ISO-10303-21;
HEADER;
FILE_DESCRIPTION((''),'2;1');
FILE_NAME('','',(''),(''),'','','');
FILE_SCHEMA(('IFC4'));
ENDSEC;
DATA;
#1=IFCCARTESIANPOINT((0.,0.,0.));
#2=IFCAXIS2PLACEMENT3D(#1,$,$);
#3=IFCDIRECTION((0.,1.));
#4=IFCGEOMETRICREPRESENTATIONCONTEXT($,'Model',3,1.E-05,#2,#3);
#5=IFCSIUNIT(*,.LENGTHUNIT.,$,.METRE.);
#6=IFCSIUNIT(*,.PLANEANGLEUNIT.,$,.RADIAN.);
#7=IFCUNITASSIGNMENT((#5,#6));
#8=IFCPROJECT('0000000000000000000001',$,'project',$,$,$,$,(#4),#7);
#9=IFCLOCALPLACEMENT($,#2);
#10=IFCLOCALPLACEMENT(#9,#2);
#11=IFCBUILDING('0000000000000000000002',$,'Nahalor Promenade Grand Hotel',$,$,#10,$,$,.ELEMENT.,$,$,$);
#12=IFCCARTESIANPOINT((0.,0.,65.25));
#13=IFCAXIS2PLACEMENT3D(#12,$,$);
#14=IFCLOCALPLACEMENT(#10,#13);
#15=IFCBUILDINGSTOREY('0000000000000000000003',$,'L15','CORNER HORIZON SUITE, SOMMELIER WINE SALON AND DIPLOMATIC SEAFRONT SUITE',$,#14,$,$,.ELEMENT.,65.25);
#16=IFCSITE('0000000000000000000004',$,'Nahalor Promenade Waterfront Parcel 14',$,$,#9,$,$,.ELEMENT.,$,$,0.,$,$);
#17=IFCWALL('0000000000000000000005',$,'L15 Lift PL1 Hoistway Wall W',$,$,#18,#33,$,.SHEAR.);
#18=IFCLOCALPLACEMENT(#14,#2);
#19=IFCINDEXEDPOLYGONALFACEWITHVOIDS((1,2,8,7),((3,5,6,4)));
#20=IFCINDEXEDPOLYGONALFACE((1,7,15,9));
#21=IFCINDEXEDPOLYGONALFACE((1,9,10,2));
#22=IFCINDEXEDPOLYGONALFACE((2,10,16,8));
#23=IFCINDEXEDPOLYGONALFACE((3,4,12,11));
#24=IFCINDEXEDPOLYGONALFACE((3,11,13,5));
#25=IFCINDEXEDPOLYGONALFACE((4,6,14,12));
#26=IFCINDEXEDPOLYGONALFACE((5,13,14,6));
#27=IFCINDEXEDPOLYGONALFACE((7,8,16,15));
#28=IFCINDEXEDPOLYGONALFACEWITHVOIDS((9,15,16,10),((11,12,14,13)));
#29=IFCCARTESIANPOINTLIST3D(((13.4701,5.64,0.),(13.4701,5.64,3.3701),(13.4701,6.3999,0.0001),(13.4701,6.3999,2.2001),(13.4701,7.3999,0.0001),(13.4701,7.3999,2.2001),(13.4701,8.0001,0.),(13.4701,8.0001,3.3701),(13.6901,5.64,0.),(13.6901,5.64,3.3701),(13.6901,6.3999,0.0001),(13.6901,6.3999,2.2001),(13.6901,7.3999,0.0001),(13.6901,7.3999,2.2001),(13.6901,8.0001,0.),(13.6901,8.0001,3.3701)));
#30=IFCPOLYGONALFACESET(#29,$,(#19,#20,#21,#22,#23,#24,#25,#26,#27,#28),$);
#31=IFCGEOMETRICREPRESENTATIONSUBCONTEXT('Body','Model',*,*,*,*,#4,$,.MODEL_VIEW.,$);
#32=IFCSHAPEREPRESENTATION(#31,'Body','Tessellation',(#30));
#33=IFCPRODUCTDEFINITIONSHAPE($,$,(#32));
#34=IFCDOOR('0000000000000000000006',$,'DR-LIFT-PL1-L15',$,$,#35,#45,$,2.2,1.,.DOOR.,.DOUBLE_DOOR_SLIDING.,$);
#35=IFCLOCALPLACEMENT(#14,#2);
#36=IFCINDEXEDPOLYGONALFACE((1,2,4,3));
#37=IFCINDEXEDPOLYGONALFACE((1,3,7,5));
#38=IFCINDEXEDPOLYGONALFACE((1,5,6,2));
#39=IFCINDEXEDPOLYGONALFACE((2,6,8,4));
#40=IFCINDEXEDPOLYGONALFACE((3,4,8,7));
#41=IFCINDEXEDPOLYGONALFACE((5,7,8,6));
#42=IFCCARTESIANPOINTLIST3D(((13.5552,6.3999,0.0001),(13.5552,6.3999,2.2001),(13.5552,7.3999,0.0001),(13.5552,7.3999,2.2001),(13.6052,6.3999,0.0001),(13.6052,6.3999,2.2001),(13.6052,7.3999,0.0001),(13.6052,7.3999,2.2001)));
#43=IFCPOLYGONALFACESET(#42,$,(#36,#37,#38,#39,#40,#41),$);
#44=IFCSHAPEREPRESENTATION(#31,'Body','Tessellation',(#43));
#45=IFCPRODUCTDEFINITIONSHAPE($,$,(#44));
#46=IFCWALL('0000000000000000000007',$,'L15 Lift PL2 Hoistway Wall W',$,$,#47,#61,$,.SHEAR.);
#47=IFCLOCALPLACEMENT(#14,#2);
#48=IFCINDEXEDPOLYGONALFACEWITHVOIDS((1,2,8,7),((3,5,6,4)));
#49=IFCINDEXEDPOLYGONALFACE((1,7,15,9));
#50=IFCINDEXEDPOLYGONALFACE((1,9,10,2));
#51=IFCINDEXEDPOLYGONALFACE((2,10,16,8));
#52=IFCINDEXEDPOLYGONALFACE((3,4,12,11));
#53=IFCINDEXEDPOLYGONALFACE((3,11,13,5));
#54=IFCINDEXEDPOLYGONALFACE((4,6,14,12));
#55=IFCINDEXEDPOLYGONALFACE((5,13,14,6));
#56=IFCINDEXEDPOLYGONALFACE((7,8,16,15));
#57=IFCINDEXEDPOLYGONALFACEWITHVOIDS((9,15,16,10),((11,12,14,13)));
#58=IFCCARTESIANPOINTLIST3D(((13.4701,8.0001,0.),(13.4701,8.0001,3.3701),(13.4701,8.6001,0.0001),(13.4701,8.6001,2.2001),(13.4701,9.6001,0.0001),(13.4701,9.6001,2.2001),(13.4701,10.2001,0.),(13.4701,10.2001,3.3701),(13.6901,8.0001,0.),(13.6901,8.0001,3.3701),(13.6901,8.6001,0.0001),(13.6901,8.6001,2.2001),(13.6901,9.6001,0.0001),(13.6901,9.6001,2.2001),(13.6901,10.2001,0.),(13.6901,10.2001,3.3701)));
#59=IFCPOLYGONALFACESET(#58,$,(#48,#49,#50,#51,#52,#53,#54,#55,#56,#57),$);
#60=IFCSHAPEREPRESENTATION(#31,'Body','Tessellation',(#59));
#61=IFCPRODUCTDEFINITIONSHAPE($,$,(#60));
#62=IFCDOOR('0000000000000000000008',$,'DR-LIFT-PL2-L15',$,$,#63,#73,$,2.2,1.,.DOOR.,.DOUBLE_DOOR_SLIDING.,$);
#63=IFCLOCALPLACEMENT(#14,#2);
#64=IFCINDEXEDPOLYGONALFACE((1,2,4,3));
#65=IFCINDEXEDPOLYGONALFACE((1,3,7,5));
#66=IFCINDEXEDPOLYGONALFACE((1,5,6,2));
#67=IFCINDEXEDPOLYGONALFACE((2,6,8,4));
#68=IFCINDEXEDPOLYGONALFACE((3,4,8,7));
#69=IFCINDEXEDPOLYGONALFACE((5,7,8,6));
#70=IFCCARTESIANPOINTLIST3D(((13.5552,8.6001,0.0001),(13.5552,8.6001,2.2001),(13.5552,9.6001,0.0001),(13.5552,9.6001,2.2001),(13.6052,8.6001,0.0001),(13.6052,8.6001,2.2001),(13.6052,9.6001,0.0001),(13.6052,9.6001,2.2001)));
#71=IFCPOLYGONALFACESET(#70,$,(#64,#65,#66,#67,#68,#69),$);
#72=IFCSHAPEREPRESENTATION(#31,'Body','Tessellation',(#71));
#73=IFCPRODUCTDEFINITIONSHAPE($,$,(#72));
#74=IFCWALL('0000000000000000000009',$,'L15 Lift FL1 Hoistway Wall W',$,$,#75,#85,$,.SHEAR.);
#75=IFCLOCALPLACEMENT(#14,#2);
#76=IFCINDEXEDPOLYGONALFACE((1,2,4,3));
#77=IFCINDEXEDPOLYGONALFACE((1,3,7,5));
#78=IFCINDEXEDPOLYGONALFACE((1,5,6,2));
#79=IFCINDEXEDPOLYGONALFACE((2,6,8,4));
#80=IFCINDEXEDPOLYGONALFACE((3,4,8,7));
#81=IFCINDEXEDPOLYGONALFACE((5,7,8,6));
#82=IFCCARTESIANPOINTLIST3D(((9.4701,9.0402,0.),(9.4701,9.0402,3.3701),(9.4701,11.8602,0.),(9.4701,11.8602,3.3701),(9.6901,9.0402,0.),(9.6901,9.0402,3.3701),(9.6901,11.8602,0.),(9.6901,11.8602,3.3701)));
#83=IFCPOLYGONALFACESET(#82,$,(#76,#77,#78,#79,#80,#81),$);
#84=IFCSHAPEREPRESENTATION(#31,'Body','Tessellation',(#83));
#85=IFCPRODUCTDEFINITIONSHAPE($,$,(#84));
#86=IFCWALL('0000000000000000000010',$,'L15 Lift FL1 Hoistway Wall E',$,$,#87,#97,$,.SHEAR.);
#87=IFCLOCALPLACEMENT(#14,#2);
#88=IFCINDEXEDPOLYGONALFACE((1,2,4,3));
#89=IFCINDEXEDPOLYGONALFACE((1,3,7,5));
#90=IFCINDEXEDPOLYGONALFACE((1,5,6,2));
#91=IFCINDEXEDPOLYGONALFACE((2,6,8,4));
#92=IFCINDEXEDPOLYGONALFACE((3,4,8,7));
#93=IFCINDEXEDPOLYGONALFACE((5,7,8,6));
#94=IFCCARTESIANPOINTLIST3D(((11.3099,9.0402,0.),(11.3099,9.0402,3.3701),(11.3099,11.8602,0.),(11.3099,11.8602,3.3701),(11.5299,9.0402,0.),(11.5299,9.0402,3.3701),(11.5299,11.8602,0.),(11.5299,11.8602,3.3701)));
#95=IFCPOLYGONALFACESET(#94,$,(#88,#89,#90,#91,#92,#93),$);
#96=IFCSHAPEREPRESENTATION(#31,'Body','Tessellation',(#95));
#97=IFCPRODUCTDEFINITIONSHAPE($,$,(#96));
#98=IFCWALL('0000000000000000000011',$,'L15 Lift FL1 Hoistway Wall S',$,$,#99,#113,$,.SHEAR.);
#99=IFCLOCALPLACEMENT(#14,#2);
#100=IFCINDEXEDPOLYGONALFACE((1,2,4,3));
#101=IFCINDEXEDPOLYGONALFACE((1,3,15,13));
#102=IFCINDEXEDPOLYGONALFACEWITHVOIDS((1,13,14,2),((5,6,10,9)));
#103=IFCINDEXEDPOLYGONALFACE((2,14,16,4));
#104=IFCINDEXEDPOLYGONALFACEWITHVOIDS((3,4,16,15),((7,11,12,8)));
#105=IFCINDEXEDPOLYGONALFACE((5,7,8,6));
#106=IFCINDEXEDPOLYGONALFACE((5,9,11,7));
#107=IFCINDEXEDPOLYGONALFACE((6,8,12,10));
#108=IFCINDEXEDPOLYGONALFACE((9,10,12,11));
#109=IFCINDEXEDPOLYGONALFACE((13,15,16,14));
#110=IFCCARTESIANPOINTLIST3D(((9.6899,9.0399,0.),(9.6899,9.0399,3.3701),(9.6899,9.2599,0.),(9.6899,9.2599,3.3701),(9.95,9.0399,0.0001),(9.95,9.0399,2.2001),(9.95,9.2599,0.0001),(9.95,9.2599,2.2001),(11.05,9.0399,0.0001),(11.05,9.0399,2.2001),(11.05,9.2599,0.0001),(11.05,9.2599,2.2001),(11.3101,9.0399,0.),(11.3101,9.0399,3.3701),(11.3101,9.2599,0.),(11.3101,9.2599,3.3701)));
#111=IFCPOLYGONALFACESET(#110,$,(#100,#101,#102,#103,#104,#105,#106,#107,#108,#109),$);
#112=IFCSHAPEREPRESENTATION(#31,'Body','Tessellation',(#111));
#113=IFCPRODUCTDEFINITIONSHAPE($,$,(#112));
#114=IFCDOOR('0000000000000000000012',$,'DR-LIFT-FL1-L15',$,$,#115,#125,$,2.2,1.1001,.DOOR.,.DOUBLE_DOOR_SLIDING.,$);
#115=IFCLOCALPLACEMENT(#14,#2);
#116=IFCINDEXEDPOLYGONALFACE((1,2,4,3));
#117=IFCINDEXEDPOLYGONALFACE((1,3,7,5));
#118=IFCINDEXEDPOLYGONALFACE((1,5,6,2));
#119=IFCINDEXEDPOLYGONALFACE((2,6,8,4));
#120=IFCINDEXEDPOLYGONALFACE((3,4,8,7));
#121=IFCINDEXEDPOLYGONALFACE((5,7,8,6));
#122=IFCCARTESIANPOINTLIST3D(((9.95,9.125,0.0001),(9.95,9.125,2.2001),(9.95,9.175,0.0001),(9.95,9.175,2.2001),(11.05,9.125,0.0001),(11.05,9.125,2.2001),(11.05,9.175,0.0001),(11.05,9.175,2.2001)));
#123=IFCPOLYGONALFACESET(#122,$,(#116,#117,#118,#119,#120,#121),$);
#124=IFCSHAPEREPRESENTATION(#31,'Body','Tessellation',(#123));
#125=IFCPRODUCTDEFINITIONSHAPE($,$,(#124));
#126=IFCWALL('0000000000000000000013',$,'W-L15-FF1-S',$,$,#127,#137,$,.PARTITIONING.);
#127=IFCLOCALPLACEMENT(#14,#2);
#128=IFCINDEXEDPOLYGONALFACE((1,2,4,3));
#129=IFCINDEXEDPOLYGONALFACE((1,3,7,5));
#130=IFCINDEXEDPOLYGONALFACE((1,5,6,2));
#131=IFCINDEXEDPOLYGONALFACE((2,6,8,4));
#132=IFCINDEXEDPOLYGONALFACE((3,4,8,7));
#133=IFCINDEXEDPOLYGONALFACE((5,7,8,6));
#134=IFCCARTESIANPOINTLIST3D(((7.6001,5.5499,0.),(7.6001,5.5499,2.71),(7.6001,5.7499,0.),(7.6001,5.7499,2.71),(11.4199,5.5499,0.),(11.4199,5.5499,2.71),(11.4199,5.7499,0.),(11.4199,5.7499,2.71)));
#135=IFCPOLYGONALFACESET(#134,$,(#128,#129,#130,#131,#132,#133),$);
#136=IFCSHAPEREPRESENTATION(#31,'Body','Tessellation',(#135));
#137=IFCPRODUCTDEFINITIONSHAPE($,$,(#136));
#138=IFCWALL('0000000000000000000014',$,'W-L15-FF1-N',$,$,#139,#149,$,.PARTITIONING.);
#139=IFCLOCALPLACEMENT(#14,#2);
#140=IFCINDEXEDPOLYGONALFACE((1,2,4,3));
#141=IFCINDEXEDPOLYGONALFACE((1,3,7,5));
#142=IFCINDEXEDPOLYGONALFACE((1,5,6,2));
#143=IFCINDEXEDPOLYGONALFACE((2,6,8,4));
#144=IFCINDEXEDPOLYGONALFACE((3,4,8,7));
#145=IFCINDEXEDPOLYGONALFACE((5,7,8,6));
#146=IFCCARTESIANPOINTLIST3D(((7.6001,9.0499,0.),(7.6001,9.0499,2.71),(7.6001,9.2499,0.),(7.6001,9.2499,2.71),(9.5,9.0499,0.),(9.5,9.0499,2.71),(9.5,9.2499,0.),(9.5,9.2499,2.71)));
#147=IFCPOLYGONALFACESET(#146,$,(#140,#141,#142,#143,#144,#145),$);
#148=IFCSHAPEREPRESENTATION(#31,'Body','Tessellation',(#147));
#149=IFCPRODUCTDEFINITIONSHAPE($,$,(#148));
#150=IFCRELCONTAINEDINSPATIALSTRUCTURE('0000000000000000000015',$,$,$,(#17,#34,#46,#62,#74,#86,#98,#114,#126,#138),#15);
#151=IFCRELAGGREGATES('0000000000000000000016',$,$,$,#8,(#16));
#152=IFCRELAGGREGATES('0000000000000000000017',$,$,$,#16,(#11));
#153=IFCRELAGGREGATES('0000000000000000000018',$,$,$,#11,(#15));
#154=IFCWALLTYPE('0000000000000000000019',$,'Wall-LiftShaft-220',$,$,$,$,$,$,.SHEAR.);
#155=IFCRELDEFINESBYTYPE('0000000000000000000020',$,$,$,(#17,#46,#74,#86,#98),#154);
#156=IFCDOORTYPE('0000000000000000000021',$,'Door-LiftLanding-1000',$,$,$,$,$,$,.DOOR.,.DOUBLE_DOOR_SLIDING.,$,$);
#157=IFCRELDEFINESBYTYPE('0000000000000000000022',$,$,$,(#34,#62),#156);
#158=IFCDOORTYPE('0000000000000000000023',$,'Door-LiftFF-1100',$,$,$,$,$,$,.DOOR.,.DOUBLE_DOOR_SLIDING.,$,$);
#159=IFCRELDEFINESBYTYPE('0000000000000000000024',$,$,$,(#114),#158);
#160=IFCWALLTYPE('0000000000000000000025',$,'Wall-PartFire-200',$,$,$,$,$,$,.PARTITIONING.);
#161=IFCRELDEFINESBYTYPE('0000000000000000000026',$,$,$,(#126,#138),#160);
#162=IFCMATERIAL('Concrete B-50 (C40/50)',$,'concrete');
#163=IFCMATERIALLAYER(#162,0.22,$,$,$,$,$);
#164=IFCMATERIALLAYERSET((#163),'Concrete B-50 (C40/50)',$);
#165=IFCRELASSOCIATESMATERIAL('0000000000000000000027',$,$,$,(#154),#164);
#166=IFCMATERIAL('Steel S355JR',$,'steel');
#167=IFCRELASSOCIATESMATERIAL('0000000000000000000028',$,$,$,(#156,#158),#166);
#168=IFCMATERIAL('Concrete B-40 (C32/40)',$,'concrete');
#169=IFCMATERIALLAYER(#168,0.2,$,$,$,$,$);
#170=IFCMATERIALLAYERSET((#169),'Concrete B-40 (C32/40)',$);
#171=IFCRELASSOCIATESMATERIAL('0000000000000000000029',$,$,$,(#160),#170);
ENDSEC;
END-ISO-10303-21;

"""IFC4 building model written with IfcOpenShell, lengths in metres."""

from ifc_helpers import new_model, si_unit, direction, frame, frame_2d, origin, place, context, subcontext, project, spatial, rectangle, extrude, source, transform, mapped, material, layer, layer_set, type_object, element, fill, save


model = new_model("IFC4")

# Units and contexts
model_context = context("Model", 3, precision=1e-05, world=origin(), true_north=direction((0.0, 1.0)))
body_context = subcontext(model_context, "Body", "Model", "MODEL_VIEW")
ifc_project = project(units=[si_unit("LENGTHUNIT", "METRE"), si_unit("PLANEANGLEUNIT", "RADIAN")], contexts=[model_context])

# Site, building, storey
site_placement = place(None, origin())
site = spatial("IfcSite", under=ifc_project, at=site_placement, Name="Nahalor Promenade Waterfront Parcel 14", CompositionType="ELEMENT", RefElevation=0.0)
building_placement = place(site_placement, origin())
building = spatial("IfcBuilding", under=site, at=building_placement, Name="Nahalor Promenade Grand Hotel", CompositionType="ELEMENT")
storey_placement = place(building_placement, frame((0.0, 0.0, 65.25)))
storey = spatial("IfcBuildingStorey", under=building, at=storey_placement, Name="L15", Description="CORNER HORIZON SUITE, SOMMELIER WINE SALON AND DIPLOMATIC SEAFRONT SUITE", CompositionType="ELEMENT", Elevation=65.25)

# Shared definitions
ifc_material_1 = material(Name="Steel S355JR", Category="steel")

# Walls, openings, doors
ifc_material_2 = material(Name="Concrete B-50 (C40/50)", Category="concrete")
ifc_layer_1 = layer(ifc_material_2, 0.22)
ifc_layer_set_1 = layer_set([ifc_layer_1], Name="Concrete B-50 (C40/50)")
wall_type_1 = type_object("IfcWallType", Name="Wall-LiftShaft-220", PredefinedType="SHEAR", material=ifc_layer_set_1)
shared_shape_1 = source(origin(), body_context, "Body", "SweptSolid", [
    extrude(rectangle(XDim=2.3601, YDim=0.22, at=frame_2d((1.1802, 0.0))), origin(), (0.0, 0.0, 1.0), 3.3701),
])
wall_1_placement = place(storey_placement, frame((13.5801, 5.6399, 0.0), z_axis=(0.0, 0.0, 1.0), x_axis=(0.0, 1.0, 0.0)))
wall_1 = element("IfcWall", 1, at=wall_1_placement, inside=storey, type_object=wall_type_1, Name="L15 Lift PL1 Hoistway Wall W", PredefinedType="SHEAR", context=body_context, shape_type="MappedRepresentation", body=[
    mapped(shared_shape_1, transform((0.0, 0.0, 0.0), scale=1.0)),
])
opening_1_placement = place(wall_1_placement, frame((0.76, 0.0, 0.0)))
opening_1 = element("IfcOpeningElement", 2, at=opening_1_placement, cuts=wall_1, PredefinedType="OPENING", context=body_context, shape_type="SweptSolid", body=[
    extrude(rectangle(XDim=1.0, YDim=2.2, at=frame_2d((0.5, 1.1001))), frame((0.0, 0.1199, 0.0), z_axis=(0.0, -1.0, 0.0), x_axis=(1.0, 0.0, 0.0)), (0.0, 0.0, 1.0), 0.24),
])
door_type_1 = type_object("IfcDoorType", Name="Door-LiftLanding-1000", OperationType="DOUBLE_DOOR_SLIDING", PredefinedType="DOOR", material=ifc_material_1)
shared_shape_2 = source(origin(), body_context, "Body", "SweptSolid", [
    extrude(rectangle(XDim=1.0, YDim=2.2, at=frame_2d((0.5, 1.1001))), frame((0.0, 0.0249, 0.0), z_axis=(0.0, -1.0, 0.0), x_axis=(1.0, 0.0, 0.0)), (0.0, 0.0, 1.0), 0.05),
])
door_1_placement = place(opening_1_placement, origin())
door_1 = element("IfcDoor", 3, at=door_1_placement, inside=storey, type_object=door_type_1, Name="DR-LIFT-PL1-L15", OperationType="DOUBLE_DOOR_SLIDING", OverallHeight=2.2, OverallWidth=1.0, PredefinedType="DOOR", context=body_context, shape_type="MappedRepresentation", body=[
    mapped(shared_shape_2, transform((0.0, 0.0, 0.0), scale=1.0)),
])
fill(opening_1, door_1)
shared_shape_3 = source(origin(), body_context, "Body", "SweptSolid", [
    extrude(rectangle(XDim=2.2, YDim=0.22, at=frame_2d((1.1001, 0.0))), origin(), (0.0, 0.0, 1.0), 3.3701),
])
wall_2_placement = place(storey_placement, frame((13.5801, 8.0, 0.0), z_axis=(0.0, 0.0, 1.0), x_axis=(0.0, 1.0, 0.0)))
wall_2 = element("IfcWall", 4, at=wall_2_placement, inside=storey, type_object=wall_type_1, Name="L15 Lift PL2 Hoistway Wall W", PredefinedType="SHEAR", context=body_context, shape_type="MappedRepresentation", body=[
    mapped(shared_shape_3, transform((0.0, 0.0, 0.0), scale=1.0)),
])
opening_2_placement = place(wall_2_placement, frame((0.6001, 0.0, 0.0)))
opening_2 = element("IfcOpeningElement", 5, at=opening_2_placement, cuts=wall_2, PredefinedType="OPENING", context=body_context, shape_type="SweptSolid", body=[
    extrude(rectangle(XDim=1.0, YDim=2.2, at=frame_2d((0.5, 1.1001))), frame((0.0, 0.1199, 0.0), z_axis=(0.0, -1.0, 0.0), x_axis=(1.0, 0.0, 0.0)), (0.0, 0.0, 1.0), 0.24),
])
door_2_placement = place(opening_2_placement, origin())
door_2 = element("IfcDoor", 6, at=door_2_placement, inside=storey, type_object=door_type_1, Name="DR-LIFT-PL2-L15", OperationType="DOUBLE_DOOR_SLIDING", OverallHeight=2.2, OverallWidth=1.0, PredefinedType="DOOR", context=body_context, shape_type="MappedRepresentation", body=[
    mapped(shared_shape_2, transform((0.0, 0.0, 0.0), scale=1.0)),
])
fill(opening_2, door_2)

# Walls
shared_shape_4 = source(origin(), body_context, "Body", "SweptSolid", [
    extrude(rectangle(XDim=2.8201, YDim=0.22, at=frame_2d((1.4102, 0.0))), origin(), (0.0, 0.0, 1.0), 3.3701),
])
for number, where, z_axis, x_axis, name in (
    (7, (9.5801, 9.04, 0.0), (0.0, 0.0, 1.0), (0.0, 1.0, 0.0), "L15 Lift FL1 Hoistway Wall W"),
    (8, (11.4199, 9.04, 0.0), (0.0, 0.0, 1.0), (0.0, 1.0, 0.0), "L15 Lift FL1 Hoistway Wall E"),
):
    element("IfcWall", number, at=place(storey_placement, frame(where, z_axis=z_axis, x_axis=x_axis)), inside=storey, type_object=wall_type_1, Name=name, PredefinedType="SHEAR", context=body_context, shape_type="MappedRepresentation", body=[
        mapped(shared_shape_4, transform((0.0, 0.0, 0.0), scale=1.0)),
    ])

# Wall, opening, door
shared_shape_5 = source(origin(), body_context, "Body", "SweptSolid", [
    extrude(rectangle(XDim=1.6201, YDim=0.22, at=frame_2d((0.8101, 0.0))), origin(), (0.0, 0.0, 1.0), 3.3701),
])
wall_3_placement = place(storey_placement, frame((9.6899, 9.1499, 0.0), z_axis=(0.0, 0.0, 1.0), x_axis=(1.0, 0.0, 0.0)))
wall_3 = element("IfcWall", 9, at=wall_3_placement, inside=storey, type_object=wall_type_1, Name="L15 Lift FL1 Hoistway Wall S", PredefinedType="SHEAR", context=body_context, shape_type="MappedRepresentation", body=[
    mapped(shared_shape_5, transform((0.0, 0.0, 0.0), scale=1.0)),
])
opening_3_placement = place(wall_3_placement, frame((0.26, 0.0, 0.0)))
opening_3 = element("IfcOpeningElement", 10, at=opening_3_placement, cuts=wall_3, PredefinedType="OPENING", context=body_context, shape_type="SweptSolid", body=[
    extrude(rectangle(XDim=1.1001, YDim=2.2, at=frame_2d((0.55, 1.1001))), frame((0.0, 0.1199, 0.0), z_axis=(0.0, -1.0, 0.0), x_axis=(1.0, 0.0, 0.0)), (0.0, 0.0, 1.0), 0.24),
])
door_type_2 = type_object("IfcDoorType", Name="Door-LiftFF-1100", OperationType="DOUBLE_DOOR_SLIDING", PredefinedType="DOOR", material=ifc_material_1)
shared_shape_6 = source(origin(), body_context, "Body", "SweptSolid", [
    extrude(rectangle(XDim=1.1001, YDim=2.2, at=frame_2d((0.55, 1.1001))), frame((0.0, 0.0249, 0.0), z_axis=(0.0, -1.0, 0.0), x_axis=(1.0, 0.0, 0.0)), (0.0, 0.0, 1.0), 0.05),
])
door_3_placement = place(opening_3_placement, frame((1.1001, 0.0, 0.0), z_axis=(0.0, 0.0, 1.0), x_axis=(-1.0, 0.0, 0.0)))
door_3 = element("IfcDoor", 11, at=door_3_placement, inside=storey, type_object=door_type_2, Name="DR-LIFT-FL1-L15", OperationType="DOUBLE_DOOR_SLIDING", OverallHeight=2.2, OverallWidth=1.1001, PredefinedType="DOOR", context=body_context, shape_type="MappedRepresentation", body=[
    mapped(shared_shape_6, transform((0.0, 0.0, 0.0), scale=1.0)),
])
fill(opening_3, door_3)

# Walls
ifc_material_3 = material(Name="Concrete B-40 (C32/40)", Category="concrete")
ifc_layer_2 = layer(ifc_material_3, 0.2)
ifc_layer_set_2 = layer_set([ifc_layer_2], Name="Concrete B-40 (C32/40)")
wall_type_2 = type_object("IfcWallType", Name="Wall-PartFire-200", PredefinedType="PARTITIONING", material=ifc_layer_set_2)
shared_shape_7 = source(origin(), body_context, "Body", "SweptSolid", [
    extrude(rectangle(XDim=3.8198, YDim=0.2, at=frame_2d((1.9099, 0.0))), origin(), (0.0, 0.0, 1.0), 2.71),
])
wall_4_placement = place(storey_placement, frame((7.6001, 5.6499, 0.0), z_axis=(0.0, 0.0, 1.0), x_axis=(1.0, 0.0, 0.0)))
element("IfcWall", 12, at=wall_4_placement, inside=storey, type_object=wall_type_2, Name="W-L15-FF1-S", PredefinedType="PARTITIONING", context=body_context, shape_type="MappedRepresentation", body=[
    mapped(shared_shape_7, transform((0.0, 0.0, 0.0), scale=1.0)),
])
shared_shape_8 = source(origin(), body_context, "Body", "SweptSolid", [
    extrude(rectangle(XDim=1.8999, YDim=0.2, at=frame_2d((0.95, 0.0))), origin(), (0.0, 0.0, 1.0), 2.71),
])
wall_5_placement = place(storey_placement, frame((7.6001, 9.1499, 0.0), z_axis=(0.0, 0.0, 1.0), x_axis=(1.0, 0.0, 0.0)))
element("IfcWall", 13, at=wall_5_placement, inside=storey, type_object=wall_type_2, Name="W-L15-FF1-N", PredefinedType="PARTITIONING", context=body_context, shape_type="MappedRepresentation", body=[
    mapped(shared_shape_8, transform((0.0, 0.0, 0.0), scale=1.0)),
])

save(model, "model.ifc")
